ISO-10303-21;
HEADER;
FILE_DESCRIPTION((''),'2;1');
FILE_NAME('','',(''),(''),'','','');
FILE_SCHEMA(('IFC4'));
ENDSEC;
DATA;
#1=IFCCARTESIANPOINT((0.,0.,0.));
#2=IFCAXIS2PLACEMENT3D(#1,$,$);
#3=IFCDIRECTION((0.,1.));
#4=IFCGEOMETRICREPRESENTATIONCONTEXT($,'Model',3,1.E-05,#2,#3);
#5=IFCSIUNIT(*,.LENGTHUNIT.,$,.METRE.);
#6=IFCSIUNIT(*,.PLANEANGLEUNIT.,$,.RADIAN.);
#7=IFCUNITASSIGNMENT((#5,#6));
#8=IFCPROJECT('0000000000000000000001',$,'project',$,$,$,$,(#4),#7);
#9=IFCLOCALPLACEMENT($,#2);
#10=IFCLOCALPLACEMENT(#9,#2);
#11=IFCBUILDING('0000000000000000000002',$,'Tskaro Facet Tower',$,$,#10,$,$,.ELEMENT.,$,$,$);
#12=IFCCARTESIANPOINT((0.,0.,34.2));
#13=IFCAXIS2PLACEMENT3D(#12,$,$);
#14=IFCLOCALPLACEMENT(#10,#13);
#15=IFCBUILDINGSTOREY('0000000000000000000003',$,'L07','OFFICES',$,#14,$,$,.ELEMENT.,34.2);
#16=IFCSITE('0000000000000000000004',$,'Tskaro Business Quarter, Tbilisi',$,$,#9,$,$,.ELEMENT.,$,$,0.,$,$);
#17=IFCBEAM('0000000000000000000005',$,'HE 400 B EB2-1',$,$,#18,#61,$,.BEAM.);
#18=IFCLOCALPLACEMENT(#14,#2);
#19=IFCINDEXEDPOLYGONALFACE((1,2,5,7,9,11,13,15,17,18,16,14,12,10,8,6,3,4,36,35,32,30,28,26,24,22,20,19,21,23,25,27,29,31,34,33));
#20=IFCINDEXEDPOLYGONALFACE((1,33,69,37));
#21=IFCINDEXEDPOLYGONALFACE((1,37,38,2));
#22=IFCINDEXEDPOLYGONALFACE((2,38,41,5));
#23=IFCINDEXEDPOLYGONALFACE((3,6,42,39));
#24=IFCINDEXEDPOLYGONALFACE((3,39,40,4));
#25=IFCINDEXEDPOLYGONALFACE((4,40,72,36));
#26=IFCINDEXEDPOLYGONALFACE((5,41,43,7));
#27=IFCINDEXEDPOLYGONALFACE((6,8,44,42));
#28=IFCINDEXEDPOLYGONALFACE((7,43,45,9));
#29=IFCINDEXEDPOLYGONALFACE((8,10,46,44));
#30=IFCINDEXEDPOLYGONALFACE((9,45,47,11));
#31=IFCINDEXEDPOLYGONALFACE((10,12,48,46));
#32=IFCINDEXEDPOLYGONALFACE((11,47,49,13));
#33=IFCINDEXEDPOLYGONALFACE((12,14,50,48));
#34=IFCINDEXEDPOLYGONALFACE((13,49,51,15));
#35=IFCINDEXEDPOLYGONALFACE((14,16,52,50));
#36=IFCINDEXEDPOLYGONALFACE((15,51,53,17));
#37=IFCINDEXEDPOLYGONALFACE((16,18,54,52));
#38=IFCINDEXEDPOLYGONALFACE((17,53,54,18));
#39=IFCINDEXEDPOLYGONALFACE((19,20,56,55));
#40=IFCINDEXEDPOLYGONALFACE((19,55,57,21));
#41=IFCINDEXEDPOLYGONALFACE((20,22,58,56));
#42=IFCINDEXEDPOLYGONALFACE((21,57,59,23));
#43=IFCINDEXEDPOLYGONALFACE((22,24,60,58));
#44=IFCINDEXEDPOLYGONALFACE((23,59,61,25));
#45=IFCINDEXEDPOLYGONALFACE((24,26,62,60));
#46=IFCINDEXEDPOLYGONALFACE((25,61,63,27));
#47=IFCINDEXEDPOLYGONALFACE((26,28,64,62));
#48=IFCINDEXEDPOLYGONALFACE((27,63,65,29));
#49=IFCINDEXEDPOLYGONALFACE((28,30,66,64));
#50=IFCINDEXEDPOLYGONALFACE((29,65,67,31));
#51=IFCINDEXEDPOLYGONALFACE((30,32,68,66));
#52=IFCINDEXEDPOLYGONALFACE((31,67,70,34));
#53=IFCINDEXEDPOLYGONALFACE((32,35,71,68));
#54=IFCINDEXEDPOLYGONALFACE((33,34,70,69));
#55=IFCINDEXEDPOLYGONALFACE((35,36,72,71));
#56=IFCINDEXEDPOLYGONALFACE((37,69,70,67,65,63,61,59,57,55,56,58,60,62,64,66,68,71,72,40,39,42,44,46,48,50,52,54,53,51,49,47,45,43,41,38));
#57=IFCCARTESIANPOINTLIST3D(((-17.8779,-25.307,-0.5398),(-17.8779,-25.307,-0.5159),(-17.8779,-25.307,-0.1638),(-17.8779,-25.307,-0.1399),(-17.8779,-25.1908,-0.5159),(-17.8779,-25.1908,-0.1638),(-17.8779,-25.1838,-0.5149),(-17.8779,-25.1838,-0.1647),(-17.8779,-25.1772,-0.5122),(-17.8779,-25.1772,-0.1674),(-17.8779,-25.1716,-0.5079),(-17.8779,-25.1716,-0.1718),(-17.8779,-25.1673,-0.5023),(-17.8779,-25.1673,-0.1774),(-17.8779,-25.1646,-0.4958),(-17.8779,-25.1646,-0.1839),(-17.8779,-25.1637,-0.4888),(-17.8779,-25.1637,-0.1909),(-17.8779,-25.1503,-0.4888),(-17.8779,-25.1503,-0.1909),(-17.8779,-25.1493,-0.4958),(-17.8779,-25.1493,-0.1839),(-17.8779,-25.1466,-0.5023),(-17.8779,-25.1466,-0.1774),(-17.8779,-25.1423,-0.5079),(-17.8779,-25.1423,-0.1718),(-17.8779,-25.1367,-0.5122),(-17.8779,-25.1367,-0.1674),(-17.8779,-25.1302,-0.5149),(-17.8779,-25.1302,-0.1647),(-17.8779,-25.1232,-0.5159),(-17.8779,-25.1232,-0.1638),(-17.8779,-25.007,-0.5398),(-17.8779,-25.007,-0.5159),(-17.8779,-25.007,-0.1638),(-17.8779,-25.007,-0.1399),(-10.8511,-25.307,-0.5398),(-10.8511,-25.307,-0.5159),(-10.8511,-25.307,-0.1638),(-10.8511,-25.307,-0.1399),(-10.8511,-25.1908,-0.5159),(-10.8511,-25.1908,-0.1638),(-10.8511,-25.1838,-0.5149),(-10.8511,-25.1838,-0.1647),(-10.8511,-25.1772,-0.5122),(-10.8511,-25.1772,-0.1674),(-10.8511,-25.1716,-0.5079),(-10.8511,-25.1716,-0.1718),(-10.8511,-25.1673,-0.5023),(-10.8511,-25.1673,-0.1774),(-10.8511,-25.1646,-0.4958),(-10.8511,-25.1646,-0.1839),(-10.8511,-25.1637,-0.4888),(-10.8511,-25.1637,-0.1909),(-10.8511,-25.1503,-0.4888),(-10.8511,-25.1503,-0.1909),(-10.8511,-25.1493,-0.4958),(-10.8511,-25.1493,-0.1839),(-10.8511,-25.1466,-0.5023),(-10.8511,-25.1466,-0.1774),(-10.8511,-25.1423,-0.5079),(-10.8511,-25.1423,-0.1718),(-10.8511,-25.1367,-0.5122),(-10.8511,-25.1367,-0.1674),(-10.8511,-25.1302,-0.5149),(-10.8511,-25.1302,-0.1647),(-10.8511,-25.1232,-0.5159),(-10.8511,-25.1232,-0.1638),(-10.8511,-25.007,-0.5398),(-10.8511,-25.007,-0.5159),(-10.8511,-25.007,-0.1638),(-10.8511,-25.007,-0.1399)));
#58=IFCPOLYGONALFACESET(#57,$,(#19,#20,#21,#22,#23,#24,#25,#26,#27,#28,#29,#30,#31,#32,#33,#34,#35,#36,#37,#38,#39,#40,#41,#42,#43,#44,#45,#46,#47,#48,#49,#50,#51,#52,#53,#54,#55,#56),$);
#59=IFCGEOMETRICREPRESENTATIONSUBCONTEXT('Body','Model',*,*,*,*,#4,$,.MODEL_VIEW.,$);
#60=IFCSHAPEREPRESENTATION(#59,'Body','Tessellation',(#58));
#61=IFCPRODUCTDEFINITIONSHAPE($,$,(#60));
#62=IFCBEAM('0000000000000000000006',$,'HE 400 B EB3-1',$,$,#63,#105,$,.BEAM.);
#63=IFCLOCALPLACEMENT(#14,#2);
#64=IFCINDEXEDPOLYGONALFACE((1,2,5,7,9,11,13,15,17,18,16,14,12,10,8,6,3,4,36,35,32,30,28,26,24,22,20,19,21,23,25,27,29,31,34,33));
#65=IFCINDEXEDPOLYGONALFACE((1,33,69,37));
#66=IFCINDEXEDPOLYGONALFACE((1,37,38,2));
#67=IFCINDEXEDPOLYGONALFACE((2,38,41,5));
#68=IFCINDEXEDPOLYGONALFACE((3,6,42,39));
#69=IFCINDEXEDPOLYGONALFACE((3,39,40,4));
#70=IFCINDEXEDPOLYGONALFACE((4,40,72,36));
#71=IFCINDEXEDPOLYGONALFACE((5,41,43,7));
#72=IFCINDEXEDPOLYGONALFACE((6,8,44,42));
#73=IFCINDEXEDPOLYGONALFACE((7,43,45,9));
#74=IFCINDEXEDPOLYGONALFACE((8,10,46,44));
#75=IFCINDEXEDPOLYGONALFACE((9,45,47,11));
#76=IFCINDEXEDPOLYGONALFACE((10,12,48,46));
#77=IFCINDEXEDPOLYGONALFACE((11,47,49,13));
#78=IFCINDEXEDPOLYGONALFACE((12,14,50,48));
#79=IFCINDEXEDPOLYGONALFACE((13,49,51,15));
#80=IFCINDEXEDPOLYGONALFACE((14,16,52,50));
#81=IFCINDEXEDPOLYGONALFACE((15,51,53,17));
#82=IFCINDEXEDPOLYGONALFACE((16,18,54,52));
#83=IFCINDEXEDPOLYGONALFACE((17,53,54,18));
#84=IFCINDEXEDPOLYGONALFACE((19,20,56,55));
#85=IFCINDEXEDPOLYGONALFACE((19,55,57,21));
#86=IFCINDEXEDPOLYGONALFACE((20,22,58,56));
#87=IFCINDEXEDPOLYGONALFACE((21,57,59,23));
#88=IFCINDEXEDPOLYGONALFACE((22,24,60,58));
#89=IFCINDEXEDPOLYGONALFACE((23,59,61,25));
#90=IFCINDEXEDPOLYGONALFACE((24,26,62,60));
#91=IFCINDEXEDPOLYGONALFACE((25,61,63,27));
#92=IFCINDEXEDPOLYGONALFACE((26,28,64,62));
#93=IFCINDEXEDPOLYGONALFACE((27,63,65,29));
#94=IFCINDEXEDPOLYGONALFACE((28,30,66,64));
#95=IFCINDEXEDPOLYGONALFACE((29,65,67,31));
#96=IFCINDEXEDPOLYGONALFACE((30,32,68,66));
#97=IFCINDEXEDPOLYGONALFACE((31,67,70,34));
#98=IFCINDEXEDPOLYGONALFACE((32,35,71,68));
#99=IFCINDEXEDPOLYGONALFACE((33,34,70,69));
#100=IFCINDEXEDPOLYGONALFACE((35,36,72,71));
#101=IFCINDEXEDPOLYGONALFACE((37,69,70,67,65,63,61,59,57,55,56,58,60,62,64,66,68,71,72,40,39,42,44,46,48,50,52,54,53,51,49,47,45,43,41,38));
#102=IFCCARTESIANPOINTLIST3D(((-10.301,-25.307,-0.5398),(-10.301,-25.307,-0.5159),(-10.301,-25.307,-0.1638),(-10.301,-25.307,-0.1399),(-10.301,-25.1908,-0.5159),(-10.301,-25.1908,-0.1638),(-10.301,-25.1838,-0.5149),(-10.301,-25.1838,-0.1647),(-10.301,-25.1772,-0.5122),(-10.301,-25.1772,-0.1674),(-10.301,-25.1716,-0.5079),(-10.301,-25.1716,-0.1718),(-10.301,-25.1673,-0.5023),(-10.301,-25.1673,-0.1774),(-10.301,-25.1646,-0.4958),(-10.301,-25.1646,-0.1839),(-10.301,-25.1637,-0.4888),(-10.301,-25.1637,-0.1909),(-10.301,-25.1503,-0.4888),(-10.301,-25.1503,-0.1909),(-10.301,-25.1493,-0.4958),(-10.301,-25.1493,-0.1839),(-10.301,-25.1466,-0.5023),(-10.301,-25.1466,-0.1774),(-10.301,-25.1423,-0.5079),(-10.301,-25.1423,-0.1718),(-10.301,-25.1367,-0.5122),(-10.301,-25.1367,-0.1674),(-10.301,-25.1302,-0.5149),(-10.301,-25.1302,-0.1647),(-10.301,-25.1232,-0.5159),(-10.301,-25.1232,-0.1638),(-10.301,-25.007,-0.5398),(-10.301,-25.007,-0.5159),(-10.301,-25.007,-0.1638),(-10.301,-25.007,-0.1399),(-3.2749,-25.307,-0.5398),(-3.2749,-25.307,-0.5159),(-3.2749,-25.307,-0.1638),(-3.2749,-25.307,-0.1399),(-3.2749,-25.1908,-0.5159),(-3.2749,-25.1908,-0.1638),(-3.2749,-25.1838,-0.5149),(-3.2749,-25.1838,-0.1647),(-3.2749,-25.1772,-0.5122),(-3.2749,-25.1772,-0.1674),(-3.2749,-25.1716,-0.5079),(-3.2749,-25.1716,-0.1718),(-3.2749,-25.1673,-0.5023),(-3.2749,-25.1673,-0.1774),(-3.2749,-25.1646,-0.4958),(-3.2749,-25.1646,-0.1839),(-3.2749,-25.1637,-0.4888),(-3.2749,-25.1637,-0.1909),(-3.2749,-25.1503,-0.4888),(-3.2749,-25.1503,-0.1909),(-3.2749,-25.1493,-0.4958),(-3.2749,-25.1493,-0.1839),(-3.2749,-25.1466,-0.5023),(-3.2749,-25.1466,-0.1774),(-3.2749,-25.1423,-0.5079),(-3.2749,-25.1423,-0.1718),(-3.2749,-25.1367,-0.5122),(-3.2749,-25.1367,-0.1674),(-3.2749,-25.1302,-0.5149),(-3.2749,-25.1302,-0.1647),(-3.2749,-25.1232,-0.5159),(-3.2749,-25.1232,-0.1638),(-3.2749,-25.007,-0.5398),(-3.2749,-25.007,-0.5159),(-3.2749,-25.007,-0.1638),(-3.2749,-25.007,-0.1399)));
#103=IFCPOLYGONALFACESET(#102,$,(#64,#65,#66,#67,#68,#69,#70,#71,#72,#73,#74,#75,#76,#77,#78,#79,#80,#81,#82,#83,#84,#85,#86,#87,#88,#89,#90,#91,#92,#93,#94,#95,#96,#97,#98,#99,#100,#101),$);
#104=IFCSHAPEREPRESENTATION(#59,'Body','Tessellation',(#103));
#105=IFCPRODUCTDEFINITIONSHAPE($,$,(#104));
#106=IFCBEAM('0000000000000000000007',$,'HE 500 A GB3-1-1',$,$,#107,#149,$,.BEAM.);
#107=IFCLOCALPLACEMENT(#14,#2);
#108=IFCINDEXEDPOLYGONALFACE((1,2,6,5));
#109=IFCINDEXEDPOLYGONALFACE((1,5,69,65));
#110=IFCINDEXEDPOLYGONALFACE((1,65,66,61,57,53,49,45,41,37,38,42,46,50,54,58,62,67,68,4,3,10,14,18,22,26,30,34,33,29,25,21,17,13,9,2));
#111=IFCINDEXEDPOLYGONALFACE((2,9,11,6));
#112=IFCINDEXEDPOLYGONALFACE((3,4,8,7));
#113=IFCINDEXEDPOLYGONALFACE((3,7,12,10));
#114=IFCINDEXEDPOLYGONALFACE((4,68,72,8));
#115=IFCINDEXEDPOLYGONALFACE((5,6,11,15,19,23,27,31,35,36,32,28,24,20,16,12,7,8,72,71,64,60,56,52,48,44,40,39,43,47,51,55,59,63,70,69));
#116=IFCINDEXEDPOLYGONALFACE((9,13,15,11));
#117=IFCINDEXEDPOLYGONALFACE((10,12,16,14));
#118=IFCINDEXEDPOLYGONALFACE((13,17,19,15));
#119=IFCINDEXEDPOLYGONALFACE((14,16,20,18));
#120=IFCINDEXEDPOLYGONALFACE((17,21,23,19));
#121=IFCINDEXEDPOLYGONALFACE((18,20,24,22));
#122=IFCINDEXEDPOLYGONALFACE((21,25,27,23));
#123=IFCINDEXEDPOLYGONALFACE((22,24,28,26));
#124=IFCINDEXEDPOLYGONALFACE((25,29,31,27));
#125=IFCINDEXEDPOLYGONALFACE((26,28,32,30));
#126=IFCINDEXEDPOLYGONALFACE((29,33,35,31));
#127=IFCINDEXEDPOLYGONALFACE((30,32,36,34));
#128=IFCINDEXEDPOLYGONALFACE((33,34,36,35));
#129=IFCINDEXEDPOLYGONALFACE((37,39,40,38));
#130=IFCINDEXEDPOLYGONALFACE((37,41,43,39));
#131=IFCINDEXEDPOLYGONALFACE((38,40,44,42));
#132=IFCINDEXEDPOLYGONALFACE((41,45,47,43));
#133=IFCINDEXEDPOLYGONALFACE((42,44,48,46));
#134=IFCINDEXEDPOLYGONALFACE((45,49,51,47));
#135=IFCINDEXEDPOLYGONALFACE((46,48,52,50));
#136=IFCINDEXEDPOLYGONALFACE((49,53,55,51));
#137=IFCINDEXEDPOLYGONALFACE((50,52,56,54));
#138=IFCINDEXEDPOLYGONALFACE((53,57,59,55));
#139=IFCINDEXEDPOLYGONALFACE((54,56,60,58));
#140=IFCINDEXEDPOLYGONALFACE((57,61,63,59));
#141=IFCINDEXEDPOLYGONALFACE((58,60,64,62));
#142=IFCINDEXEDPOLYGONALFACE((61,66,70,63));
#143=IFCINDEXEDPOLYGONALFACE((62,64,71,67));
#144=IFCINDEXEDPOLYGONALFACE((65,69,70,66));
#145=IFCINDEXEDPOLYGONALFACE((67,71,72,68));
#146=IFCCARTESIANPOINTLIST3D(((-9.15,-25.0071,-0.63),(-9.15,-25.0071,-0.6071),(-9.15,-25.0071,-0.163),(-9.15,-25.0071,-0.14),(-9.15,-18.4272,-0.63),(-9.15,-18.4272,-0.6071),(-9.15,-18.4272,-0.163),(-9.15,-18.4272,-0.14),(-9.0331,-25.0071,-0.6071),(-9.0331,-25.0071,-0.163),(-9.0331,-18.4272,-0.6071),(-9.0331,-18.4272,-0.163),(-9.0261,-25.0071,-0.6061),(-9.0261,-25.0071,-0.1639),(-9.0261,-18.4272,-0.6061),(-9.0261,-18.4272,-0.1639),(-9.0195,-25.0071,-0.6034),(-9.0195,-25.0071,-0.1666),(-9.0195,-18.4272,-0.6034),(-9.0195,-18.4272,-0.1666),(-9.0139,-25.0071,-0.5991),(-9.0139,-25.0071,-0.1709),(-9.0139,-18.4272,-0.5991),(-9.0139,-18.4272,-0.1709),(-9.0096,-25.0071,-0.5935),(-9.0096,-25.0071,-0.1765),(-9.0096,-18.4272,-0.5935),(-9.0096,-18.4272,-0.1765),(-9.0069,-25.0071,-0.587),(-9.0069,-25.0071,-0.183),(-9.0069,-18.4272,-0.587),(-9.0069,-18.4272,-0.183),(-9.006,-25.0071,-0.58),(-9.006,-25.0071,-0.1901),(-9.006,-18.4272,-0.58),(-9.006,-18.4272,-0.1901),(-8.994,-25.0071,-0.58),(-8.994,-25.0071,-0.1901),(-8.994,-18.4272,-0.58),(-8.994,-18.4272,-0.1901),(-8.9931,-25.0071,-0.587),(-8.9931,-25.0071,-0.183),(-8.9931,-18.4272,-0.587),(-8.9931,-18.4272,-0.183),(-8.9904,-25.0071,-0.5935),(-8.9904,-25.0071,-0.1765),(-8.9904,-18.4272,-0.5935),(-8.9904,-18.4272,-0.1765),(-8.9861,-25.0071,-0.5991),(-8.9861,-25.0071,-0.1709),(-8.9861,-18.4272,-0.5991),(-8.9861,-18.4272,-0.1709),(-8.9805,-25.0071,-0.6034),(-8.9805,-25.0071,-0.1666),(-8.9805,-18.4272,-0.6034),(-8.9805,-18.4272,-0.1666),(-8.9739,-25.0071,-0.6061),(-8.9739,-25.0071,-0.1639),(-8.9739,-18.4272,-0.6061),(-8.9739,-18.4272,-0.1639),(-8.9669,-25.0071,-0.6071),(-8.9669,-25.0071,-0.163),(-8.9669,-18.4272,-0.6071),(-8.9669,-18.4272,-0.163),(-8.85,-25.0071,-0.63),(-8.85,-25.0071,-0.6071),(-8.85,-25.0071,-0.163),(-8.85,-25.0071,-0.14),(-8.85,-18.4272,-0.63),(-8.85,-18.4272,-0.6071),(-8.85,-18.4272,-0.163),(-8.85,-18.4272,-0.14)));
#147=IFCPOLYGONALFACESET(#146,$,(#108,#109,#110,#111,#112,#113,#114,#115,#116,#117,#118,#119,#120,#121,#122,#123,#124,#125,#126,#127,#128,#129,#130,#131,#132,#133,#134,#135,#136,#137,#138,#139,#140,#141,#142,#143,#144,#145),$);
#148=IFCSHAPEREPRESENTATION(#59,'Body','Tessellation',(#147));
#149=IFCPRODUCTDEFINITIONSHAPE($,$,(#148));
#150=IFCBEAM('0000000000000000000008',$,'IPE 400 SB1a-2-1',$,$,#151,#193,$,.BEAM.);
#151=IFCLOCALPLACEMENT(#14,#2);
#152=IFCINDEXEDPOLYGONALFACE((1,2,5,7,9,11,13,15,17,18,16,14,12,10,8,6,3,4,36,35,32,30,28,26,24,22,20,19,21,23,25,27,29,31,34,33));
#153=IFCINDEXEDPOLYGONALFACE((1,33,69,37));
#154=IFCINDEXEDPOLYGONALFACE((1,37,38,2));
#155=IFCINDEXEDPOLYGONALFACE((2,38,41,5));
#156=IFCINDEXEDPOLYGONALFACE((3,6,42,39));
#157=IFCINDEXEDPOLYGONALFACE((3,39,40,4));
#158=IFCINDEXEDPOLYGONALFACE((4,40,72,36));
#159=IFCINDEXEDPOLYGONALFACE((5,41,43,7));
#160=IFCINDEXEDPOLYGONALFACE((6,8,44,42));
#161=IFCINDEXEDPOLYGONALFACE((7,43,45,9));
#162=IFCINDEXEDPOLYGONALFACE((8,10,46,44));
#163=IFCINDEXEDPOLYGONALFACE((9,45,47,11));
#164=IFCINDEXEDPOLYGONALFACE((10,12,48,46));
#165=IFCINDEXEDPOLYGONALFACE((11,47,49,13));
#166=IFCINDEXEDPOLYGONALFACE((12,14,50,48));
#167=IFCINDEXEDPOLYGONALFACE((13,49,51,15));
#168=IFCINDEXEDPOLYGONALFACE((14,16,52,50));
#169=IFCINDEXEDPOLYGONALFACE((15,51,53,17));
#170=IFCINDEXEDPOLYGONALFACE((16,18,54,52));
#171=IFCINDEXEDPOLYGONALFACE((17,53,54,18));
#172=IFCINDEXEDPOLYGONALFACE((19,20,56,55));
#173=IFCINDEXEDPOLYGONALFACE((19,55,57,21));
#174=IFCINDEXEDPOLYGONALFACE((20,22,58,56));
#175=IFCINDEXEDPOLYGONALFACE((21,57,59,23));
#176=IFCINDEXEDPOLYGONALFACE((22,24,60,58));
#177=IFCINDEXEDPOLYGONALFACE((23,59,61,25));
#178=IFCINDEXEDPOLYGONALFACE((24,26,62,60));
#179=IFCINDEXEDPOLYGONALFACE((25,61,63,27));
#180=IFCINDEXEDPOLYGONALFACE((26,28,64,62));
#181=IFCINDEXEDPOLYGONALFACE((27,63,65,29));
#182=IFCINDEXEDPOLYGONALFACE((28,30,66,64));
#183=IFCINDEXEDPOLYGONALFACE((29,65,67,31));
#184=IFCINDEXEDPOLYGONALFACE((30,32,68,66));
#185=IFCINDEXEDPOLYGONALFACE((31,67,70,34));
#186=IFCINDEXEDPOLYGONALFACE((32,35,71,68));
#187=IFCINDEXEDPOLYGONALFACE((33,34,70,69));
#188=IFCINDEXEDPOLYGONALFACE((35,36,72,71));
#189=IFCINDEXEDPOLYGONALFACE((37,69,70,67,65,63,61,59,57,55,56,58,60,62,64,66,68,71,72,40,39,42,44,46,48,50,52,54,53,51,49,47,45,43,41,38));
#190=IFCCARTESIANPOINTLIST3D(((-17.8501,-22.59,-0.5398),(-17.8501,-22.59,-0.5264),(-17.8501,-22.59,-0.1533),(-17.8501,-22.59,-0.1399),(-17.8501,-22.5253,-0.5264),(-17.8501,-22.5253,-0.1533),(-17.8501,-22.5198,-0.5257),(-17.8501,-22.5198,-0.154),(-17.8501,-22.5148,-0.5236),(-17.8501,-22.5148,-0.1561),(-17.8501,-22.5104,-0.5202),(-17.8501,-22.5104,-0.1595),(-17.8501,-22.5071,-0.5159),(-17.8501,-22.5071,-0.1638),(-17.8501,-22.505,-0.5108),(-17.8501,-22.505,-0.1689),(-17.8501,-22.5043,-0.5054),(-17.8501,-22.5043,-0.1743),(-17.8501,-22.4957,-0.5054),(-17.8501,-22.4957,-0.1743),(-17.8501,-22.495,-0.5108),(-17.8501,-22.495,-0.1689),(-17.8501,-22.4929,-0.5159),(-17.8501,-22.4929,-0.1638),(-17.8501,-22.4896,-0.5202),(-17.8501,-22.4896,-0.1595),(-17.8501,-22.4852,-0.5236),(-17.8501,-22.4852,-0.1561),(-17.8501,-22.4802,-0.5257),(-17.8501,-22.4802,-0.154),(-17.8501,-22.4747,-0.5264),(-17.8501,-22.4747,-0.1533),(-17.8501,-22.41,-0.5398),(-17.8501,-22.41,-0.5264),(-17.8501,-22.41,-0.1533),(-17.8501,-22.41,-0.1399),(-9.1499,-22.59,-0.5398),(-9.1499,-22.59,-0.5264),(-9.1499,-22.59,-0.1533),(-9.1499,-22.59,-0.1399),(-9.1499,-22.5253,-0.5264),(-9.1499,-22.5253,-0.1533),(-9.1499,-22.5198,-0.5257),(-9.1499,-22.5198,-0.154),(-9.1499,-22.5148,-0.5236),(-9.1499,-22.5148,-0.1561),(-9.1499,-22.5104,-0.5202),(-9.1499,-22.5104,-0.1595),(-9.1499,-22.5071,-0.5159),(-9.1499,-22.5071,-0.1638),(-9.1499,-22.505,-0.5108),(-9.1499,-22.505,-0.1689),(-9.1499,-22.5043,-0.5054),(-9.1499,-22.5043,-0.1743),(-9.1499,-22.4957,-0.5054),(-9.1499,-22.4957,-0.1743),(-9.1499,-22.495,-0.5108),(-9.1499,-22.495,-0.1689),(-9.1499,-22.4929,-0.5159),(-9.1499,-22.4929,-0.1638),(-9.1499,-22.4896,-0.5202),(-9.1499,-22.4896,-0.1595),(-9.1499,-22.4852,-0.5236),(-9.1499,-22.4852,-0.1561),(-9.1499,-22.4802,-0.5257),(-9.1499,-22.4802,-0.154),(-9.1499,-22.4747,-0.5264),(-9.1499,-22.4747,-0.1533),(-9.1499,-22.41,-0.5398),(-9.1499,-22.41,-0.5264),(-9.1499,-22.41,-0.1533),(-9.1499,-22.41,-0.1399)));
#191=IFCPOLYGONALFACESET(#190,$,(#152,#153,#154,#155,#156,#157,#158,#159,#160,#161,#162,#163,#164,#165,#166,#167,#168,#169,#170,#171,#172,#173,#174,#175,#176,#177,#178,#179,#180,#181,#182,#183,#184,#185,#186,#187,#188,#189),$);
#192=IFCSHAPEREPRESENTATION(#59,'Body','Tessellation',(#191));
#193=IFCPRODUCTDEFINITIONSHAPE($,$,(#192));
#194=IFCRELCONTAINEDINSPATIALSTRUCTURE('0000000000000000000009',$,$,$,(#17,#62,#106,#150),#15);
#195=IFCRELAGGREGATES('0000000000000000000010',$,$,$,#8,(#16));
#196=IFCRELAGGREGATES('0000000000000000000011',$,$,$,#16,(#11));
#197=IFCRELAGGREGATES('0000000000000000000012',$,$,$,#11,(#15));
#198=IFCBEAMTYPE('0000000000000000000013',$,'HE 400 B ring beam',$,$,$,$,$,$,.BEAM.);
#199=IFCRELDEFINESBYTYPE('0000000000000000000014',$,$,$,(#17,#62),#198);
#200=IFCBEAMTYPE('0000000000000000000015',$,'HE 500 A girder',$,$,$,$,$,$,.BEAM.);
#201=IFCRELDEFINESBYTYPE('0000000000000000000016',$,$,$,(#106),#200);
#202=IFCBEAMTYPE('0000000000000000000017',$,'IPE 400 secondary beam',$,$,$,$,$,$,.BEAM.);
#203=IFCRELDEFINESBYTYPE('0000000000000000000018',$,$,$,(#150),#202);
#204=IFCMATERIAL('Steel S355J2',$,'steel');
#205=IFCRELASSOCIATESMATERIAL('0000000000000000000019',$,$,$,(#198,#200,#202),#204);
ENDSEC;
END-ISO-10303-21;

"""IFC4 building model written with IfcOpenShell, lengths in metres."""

from ifc_helpers import new_model, si_unit, direction, frame, origin, origin_2d, place, context, subcontext, project, spatial, i_section, extrude, material, material_profile, profile_set, type_object, element, save


model = new_model("IFC4")

# Units and contexts
model_context = context("Model", 3, precision=1e-05, world=origin(), true_north=direction((0.0, 1.0)))
body_context = subcontext(model_context, "Body", "Model", "MODEL_VIEW")
ifc_project = project(units=[si_unit("LENGTHUNIT", "METRE"), si_unit("PLANEANGLEUNIT", "RADIAN")], contexts=[model_context])

# Site, building, storey
site_placement = place(None, origin())
site = spatial("IfcSite", under=ifc_project, at=site_placement, Name="Tskaro Business Quarter, Tbilisi", CompositionType="ELEMENT", RefElevation=0.0)
building_placement = place(site_placement, origin())
building = spatial("IfcBuilding", under=site, at=building_placement, Name="Tskaro Facet Tower", CompositionType="ELEMENT")
storey_placement = place(building_placement, frame((0.0, 0.0, 34.2)))
storey = spatial("IfcBuildingStorey", under=building, at=storey_placement, Name="L07", Description="OFFICES", CompositionType="ELEMENT", Elevation=34.2)

# Beams
ifc_material_1 = material(Name="Steel S355J2", Category="steel")
ifc_material_profile_1 = material_profile(ifc_material_1, i_section(OverallWidth=0.3, OverallDepth=0.3999, WebThickness=0.0134, FlangeThickness=0.0239, FilletRadius=0.0271, at=origin_2d()), Name="HE 400 B")
ifc_profile_set_1 = profile_set([ifc_material_profile_1], Name="Steel S355J2")
beam_type_1 = type_object("IfcBeamType", Name="HE 400 B ring beam", PredefinedType="BEAM", material=ifc_profile_set_1)
beam_1_placement = place(storey_placement, frame((-17.8779, -25.157, -0.3398), z_axis=(1.0, 0.0, 0.0), x_axis=(0.0, 1.0, 0.0)))
element("IfcBeam", 1, at=beam_1_placement, inside=storey, type_object=beam_type_1, Name="HE 400 B EB2-1", PredefinedType="BEAM", context=body_context, shape_type="SweptSolid", body=[
    extrude(i_section(OverallWidth=0.3, OverallDepth=0.3999, WebThickness=0.0134, FlangeThickness=0.0239, FilletRadius=0.0271, at=origin_2d()), origin(), (0.0, 0.0, 1.0), 7.0269),
])
beam_2_placement = place(storey_placement, frame((-10.301, -25.157, -0.3398), z_axis=(1.0, 0.0, 0.0), x_axis=(0.0, 1.0, 0.0)))
element("IfcBeam", 2, at=beam_2_placement, inside=storey, type_object=beam_type_1, Name="HE 400 B EB3-1", PredefinedType="BEAM", context=body_context, shape_type="SweptSolid", body=[
    extrude(i_section(OverallWidth=0.3, OverallDepth=0.3999, WebThickness=0.0134, FlangeThickness=0.0239, FilletRadius=0.0271, at=origin_2d()), origin(), (0.0, 0.0, 1.0), 7.0261),
])
ifc_material_profile_2 = material_profile(ifc_material_1, i_section(OverallWidth=0.3, OverallDepth=0.49, WebThickness=0.012, FlangeThickness=0.0229, FilletRadius=0.0271, at=origin_2d()), Name="HE 500 A")
ifc_profile_set_2 = profile_set([ifc_material_profile_2], Name="Steel S355J2")
beam_type_2 = type_object("IfcBeamType", Name="HE 500 A girder", PredefinedType="BEAM", material=ifc_profile_set_2)
beam_3_placement = place(storey_placement, frame((-9.0, -25.0071, -0.385), z_axis=(0.0, 1.0, 0.0), x_axis=(-1.0, 0.0, 0.0)))
element("IfcBeam", 3, at=beam_3_placement, inside=storey, type_object=beam_type_2, Name="HE 500 A GB3-1-1", PredefinedType="BEAM", context=body_context, shape_type="SweptSolid", body=[
    extrude(i_section(OverallWidth=0.3, OverallDepth=0.49, WebThickness=0.012, FlangeThickness=0.0229, FilletRadius=0.0271, at=origin_2d()), origin(), (0.0, 0.0, 1.0), 6.5798),
])
ifc_material_profile_3 = material_profile(ifc_material_1, i_section(OverallWidth=0.1799, OverallDepth=0.3999, WebThickness=0.0085, FlangeThickness=0.0134, FilletRadius=0.021, at=origin_2d()), Name="IPE 400")
ifc_profile_set_3 = profile_set([ifc_material_profile_3], Name="Steel S355J2")
beam_type_3 = type_object("IfcBeamType", Name="IPE 400 secondary beam", PredefinedType="BEAM", material=ifc_profile_set_3)
for number, where, z_axis, x_axis, name in (
    (4, (-17.8501, -22.5, -0.3398), (1.0, 0.0, 0.0), (0.0, 1.0, 0.0), "IPE 400 SB1a-2-1"),
):
    element("IfcBeam", number, at=place(storey_placement, frame(where, z_axis=z_axis, x_axis=x_axis)), inside=storey, type_object=beam_type_3, Name=name, PredefinedType="BEAM", context=body_context, shape_type="SweptSolid", body=[
        extrude(i_section(OverallWidth=0.1799, OverallDepth=0.3999, WebThickness=0.0085, FlangeThickness=0.0134, FilletRadius=0.021, at=origin_2d()), origin(), (0.0, 0.0, 1.0), 8.7002),
    ])

save(model, "model.ifc")
